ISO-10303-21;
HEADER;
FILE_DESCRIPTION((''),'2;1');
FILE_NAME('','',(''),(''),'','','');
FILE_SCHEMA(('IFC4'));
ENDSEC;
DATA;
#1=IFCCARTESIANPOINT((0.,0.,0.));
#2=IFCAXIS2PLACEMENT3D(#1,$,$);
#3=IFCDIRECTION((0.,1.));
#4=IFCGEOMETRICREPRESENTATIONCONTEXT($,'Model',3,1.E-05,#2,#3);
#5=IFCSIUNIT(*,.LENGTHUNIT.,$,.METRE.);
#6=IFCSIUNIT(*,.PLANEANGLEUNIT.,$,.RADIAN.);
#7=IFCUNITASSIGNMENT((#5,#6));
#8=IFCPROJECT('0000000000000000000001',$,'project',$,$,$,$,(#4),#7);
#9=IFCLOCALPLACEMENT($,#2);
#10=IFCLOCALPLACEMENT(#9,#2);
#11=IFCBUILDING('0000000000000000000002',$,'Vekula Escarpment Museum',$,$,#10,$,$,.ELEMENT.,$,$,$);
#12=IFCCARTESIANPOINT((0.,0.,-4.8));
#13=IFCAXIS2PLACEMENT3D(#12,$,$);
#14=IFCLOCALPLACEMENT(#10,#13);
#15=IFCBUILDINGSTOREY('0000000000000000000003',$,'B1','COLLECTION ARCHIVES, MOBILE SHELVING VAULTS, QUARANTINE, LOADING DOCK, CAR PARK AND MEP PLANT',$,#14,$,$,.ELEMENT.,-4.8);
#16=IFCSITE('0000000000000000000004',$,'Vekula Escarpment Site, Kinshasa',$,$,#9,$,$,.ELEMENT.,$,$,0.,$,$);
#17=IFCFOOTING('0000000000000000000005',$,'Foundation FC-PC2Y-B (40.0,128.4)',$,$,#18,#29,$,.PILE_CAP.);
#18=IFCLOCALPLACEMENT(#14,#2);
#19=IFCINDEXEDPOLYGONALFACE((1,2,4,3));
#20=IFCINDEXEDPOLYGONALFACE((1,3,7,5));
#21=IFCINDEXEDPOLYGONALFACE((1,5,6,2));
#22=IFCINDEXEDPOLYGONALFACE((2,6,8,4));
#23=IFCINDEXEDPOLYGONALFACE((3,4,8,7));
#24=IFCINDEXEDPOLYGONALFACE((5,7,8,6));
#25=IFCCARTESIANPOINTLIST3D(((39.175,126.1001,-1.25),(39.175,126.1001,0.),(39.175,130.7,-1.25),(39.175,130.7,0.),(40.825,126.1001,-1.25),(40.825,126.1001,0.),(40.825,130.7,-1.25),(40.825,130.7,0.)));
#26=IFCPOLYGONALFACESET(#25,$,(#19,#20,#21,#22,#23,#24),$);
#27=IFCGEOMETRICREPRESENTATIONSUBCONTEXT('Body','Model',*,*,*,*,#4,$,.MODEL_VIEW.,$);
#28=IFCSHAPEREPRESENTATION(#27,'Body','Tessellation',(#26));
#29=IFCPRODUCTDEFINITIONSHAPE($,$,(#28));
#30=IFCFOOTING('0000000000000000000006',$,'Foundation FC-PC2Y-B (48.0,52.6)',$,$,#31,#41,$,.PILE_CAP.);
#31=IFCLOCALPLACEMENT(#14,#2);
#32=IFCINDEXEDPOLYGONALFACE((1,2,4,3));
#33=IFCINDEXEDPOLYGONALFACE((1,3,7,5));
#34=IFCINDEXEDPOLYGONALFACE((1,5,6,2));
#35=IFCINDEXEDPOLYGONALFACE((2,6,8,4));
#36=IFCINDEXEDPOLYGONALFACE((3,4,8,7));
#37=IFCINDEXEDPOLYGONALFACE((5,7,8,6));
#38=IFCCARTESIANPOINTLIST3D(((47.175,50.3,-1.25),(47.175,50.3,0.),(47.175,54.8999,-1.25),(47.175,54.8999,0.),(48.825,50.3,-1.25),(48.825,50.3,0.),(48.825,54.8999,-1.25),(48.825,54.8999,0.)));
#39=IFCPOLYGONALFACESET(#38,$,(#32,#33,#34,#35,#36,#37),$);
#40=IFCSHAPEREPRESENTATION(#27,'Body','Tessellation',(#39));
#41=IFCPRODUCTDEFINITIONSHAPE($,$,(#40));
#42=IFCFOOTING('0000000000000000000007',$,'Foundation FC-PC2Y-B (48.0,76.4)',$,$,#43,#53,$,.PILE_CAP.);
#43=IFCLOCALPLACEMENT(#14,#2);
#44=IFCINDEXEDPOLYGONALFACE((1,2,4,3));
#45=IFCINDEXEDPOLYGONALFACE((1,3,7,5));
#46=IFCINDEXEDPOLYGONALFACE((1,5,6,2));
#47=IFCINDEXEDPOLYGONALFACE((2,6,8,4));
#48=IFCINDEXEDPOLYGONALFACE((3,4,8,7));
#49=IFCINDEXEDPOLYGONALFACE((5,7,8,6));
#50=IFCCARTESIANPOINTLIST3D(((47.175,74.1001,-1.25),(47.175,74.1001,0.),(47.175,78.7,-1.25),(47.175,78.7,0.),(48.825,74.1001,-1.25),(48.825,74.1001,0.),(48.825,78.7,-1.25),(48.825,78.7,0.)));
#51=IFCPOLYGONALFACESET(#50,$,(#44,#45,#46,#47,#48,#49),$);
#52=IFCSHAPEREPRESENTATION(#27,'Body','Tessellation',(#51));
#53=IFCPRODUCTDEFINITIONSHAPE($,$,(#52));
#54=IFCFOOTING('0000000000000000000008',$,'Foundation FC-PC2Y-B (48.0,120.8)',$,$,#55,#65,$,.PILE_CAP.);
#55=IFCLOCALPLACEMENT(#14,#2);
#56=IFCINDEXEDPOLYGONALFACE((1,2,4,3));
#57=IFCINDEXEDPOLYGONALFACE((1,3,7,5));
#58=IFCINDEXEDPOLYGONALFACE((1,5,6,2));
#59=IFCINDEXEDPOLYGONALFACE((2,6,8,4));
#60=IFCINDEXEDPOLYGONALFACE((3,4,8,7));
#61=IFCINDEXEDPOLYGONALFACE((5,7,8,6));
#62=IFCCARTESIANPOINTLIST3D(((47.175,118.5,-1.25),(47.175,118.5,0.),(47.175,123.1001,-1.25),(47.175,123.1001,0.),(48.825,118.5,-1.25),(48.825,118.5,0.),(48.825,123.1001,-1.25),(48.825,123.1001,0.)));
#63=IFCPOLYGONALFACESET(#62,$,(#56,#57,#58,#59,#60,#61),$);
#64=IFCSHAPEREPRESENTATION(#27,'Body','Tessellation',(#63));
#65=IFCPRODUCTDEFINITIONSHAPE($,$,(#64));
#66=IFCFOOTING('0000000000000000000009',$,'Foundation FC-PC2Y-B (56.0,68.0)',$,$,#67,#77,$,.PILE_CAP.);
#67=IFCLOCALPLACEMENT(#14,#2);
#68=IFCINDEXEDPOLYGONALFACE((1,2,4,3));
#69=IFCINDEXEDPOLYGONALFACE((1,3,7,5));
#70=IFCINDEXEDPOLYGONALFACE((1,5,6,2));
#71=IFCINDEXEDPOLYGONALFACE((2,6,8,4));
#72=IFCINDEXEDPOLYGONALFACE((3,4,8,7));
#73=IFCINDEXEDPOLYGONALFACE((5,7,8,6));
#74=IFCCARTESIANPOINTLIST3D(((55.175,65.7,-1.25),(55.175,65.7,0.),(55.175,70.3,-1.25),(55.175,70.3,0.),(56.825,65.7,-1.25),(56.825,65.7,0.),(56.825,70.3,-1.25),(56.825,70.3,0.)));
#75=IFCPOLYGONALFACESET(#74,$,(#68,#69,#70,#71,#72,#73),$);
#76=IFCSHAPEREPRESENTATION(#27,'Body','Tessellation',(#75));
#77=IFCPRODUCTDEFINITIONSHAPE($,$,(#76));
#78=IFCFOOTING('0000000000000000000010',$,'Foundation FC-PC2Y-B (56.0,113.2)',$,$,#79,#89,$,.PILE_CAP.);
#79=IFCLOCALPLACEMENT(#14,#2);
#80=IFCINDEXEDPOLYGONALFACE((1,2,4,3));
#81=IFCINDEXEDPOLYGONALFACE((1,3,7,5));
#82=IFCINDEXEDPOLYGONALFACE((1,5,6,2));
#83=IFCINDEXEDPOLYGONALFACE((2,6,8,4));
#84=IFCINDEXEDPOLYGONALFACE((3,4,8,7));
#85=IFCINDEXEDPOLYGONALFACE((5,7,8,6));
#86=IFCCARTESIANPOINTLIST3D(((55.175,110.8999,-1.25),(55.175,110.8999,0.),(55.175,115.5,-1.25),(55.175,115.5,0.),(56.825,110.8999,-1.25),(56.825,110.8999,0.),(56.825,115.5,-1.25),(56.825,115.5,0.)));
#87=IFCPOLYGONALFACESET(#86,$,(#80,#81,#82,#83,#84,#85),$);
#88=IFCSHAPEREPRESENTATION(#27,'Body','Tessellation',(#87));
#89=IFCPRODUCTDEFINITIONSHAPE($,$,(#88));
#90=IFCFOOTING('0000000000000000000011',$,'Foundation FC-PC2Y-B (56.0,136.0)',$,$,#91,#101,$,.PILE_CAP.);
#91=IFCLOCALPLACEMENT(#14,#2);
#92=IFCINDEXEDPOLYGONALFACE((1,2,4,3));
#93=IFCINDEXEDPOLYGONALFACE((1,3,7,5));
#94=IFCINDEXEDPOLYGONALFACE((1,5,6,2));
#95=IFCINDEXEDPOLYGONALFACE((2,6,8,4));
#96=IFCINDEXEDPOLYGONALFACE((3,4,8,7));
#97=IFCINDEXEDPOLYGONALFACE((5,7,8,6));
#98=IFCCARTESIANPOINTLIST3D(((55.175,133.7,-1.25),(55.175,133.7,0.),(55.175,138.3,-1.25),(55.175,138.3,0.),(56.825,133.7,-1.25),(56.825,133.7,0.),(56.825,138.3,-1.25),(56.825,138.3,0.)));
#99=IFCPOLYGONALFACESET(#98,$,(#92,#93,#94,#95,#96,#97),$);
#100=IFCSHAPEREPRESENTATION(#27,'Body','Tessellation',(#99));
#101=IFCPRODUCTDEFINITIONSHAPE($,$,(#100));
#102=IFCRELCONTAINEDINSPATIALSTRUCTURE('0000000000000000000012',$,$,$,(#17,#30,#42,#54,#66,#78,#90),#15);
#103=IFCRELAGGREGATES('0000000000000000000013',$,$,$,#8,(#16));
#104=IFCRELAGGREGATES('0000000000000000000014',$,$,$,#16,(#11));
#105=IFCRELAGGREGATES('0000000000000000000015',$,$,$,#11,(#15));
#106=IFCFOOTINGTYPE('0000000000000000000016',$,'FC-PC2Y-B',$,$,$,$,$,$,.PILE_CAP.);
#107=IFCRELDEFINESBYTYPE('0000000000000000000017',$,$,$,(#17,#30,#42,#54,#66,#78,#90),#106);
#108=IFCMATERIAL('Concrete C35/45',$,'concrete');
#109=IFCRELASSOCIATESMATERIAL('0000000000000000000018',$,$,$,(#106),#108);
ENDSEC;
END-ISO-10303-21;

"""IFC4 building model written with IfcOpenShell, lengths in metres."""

from ifc_helpers import new_model, si_unit, direction, frame, origin, place, context, subcontext, project, spatial, polyline, outline, extrude, material, type_object, element, save


model = new_model("IFC4")

# Units and contexts
model_context = context("Model", 3, precision=1e-05, world=origin(), true_north=direction((0.0, 1.0)))
body_context = subcontext(model_context, "Body", "Model", "MODEL_VIEW")
ifc_project = project(units=[si_unit("LENGTHUNIT", "METRE"), si_unit("PLANEANGLEUNIT", "RADIAN")], contexts=[model_context])

# Site, building, storey
site_placement = place(None, origin())
site = spatial("IfcSite", under=ifc_project, at=site_placement, Name="Vekula Escarpment Site, Kinshasa", CompositionType="ELEMENT", RefElevation=0.0)
building_placement = place(site_placement, origin())
building = spatial("IfcBuilding", under=site, at=building_placement, Name="Vekula Escarpment Museum", CompositionType="ELEMENT")
storey_placement = place(building_placement, frame((0.0, 0.0, -4.8)))
storey = spatial("IfcBuildingStorey", under=building, at=storey_placement, Name="B1", Description="COLLECTION ARCHIVES, MOBILE SHELVING VAULTS, QUARANTINE, LOADING DOCK, CAR PARK AND MEP PLANT", CompositionType="ELEMENT", Elevation=-4.8)

# Footings
ifc_material_1 = material(Name="Concrete C35/45", Category="concrete")
footing_type_1 = type_object("IfcFootingType", Name="FC-PC2Y-B", PredefinedType="PILE_CAP", material=ifc_material_1)
footing_1_placement = place(storey_placement, frame((0.0, 0.0, -1.25)))
element("IfcFooting", 1, at=footing_1_placement, inside=storey, type_object=footing_type_1, Name="Foundation FC-PC2Y-B (40.0,128.4)", PredefinedType="PILE_CAP", context=body_context, shape_type="SweptSolid", body=[
    extrude(outline(polyline([(39.175, 126.1001), (40.825, 126.1001), (40.825, 130.7), (39.175, 130.7), (39.175, 126.1001)])), origin(), (0.0, 0.0, 1.0), 1.25),
])
footing_2_placement = place(storey_placement, frame((0.0, 0.0, -1.25)))
element("IfcFooting", 2, at=footing_2_placement, inside=storey, type_object=footing_type_1, Name="Foundation FC-PC2Y-B (48.0,52.6)", PredefinedType="PILE_CAP", context=body_context, shape_type="SweptSolid", body=[
    extrude(outline(polyline([(47.175, 50.3), (48.825, 50.3), (48.825, 54.8999), (47.175, 54.8999), (47.175, 50.3)])), origin(), (0.0, 0.0, 1.0), 1.25),
])
footing_3_placement = place(storey_placement, frame((0.0, 0.0, -1.25)))
element("IfcFooting", 3, at=footing_3_placement, inside=storey, type_object=footing_type_1, Name="Foundation FC-PC2Y-B (48.0,76.4)", PredefinedType="PILE_CAP", context=body_context, shape_type="SweptSolid", body=[
    extrude(outline(polyline([(47.175, 74.1001), (48.825, 74.1001), (48.825, 78.7), (47.175, 78.7), (47.175, 74.1001)])), origin(), (0.0, 0.0, 1.0), 1.25),
])
footing_4_placement = place(storey_placement, frame((0.0, 0.0, -1.25)))
element("IfcFooting", 4, at=footing_4_placement, inside=storey, type_object=footing_type_1, Name="Foundation FC-PC2Y-B (48.0,120.8)", PredefinedType="PILE_CAP", context=body_context, shape_type="SweptSolid", body=[
    extrude(outline(polyline([(47.175, 118.5), (48.825, 118.5), (48.825, 123.1001), (47.175, 123.1001), (47.175, 118.5)])), origin(), (0.0, 0.0, 1.0), 1.25),
])
footing_5_placement = place(storey_placement, frame((0.0, 0.0, -1.25)))
element("IfcFooting", 5, at=footing_5_placement, inside=storey, type_object=footing_type_1, Name="Foundation FC-PC2Y-B (56.0,68.0)", PredefinedType="PILE_CAP", context=body_context, shape_type="SweptSolid", body=[
    extrude(outline(polyline([(55.175, 65.7), (56.825, 65.7), (56.825, 70.3), (55.175, 70.3), (55.175, 65.7)])), origin(), (0.0, 0.0, 1.0), 1.25),
])
footing_6_placement = place(storey_placement, frame((0.0, 0.0, -1.25)))
element("IfcFooting", 6, at=footing_6_placement, inside=storey, type_object=footing_type_1, Name="Foundation FC-PC2Y-B (56.0,113.2)", PredefinedType="PILE_CAP", context=body_context, shape_type="SweptSolid", body=[
    extrude(outline(polyline([(55.175, 110.8999), (56.825, 110.8999), (56.825, 115.5), (55.175, 115.5), (55.175, 110.8999)])), origin(), (0.0, 0.0, 1.0), 1.25),
])
footing_7_placement = place(storey_placement, frame((0.0, 0.0, -1.25)))
element("IfcFooting", 7, at=footing_7_placement, inside=storey, type_object=footing_type_1, Name="Foundation FC-PC2Y-B (56.0,136.0)", PredefinedType="PILE_CAP", context=body_context, shape_type="SweptSolid", body=[
    extrude(outline(polyline([(55.175, 133.7), (56.825, 133.7), (56.825, 138.3), (55.175, 138.3), (55.175, 133.7)])), origin(), (0.0, 0.0, 1.0), 1.25),
])

save(model, "model.ifc")
